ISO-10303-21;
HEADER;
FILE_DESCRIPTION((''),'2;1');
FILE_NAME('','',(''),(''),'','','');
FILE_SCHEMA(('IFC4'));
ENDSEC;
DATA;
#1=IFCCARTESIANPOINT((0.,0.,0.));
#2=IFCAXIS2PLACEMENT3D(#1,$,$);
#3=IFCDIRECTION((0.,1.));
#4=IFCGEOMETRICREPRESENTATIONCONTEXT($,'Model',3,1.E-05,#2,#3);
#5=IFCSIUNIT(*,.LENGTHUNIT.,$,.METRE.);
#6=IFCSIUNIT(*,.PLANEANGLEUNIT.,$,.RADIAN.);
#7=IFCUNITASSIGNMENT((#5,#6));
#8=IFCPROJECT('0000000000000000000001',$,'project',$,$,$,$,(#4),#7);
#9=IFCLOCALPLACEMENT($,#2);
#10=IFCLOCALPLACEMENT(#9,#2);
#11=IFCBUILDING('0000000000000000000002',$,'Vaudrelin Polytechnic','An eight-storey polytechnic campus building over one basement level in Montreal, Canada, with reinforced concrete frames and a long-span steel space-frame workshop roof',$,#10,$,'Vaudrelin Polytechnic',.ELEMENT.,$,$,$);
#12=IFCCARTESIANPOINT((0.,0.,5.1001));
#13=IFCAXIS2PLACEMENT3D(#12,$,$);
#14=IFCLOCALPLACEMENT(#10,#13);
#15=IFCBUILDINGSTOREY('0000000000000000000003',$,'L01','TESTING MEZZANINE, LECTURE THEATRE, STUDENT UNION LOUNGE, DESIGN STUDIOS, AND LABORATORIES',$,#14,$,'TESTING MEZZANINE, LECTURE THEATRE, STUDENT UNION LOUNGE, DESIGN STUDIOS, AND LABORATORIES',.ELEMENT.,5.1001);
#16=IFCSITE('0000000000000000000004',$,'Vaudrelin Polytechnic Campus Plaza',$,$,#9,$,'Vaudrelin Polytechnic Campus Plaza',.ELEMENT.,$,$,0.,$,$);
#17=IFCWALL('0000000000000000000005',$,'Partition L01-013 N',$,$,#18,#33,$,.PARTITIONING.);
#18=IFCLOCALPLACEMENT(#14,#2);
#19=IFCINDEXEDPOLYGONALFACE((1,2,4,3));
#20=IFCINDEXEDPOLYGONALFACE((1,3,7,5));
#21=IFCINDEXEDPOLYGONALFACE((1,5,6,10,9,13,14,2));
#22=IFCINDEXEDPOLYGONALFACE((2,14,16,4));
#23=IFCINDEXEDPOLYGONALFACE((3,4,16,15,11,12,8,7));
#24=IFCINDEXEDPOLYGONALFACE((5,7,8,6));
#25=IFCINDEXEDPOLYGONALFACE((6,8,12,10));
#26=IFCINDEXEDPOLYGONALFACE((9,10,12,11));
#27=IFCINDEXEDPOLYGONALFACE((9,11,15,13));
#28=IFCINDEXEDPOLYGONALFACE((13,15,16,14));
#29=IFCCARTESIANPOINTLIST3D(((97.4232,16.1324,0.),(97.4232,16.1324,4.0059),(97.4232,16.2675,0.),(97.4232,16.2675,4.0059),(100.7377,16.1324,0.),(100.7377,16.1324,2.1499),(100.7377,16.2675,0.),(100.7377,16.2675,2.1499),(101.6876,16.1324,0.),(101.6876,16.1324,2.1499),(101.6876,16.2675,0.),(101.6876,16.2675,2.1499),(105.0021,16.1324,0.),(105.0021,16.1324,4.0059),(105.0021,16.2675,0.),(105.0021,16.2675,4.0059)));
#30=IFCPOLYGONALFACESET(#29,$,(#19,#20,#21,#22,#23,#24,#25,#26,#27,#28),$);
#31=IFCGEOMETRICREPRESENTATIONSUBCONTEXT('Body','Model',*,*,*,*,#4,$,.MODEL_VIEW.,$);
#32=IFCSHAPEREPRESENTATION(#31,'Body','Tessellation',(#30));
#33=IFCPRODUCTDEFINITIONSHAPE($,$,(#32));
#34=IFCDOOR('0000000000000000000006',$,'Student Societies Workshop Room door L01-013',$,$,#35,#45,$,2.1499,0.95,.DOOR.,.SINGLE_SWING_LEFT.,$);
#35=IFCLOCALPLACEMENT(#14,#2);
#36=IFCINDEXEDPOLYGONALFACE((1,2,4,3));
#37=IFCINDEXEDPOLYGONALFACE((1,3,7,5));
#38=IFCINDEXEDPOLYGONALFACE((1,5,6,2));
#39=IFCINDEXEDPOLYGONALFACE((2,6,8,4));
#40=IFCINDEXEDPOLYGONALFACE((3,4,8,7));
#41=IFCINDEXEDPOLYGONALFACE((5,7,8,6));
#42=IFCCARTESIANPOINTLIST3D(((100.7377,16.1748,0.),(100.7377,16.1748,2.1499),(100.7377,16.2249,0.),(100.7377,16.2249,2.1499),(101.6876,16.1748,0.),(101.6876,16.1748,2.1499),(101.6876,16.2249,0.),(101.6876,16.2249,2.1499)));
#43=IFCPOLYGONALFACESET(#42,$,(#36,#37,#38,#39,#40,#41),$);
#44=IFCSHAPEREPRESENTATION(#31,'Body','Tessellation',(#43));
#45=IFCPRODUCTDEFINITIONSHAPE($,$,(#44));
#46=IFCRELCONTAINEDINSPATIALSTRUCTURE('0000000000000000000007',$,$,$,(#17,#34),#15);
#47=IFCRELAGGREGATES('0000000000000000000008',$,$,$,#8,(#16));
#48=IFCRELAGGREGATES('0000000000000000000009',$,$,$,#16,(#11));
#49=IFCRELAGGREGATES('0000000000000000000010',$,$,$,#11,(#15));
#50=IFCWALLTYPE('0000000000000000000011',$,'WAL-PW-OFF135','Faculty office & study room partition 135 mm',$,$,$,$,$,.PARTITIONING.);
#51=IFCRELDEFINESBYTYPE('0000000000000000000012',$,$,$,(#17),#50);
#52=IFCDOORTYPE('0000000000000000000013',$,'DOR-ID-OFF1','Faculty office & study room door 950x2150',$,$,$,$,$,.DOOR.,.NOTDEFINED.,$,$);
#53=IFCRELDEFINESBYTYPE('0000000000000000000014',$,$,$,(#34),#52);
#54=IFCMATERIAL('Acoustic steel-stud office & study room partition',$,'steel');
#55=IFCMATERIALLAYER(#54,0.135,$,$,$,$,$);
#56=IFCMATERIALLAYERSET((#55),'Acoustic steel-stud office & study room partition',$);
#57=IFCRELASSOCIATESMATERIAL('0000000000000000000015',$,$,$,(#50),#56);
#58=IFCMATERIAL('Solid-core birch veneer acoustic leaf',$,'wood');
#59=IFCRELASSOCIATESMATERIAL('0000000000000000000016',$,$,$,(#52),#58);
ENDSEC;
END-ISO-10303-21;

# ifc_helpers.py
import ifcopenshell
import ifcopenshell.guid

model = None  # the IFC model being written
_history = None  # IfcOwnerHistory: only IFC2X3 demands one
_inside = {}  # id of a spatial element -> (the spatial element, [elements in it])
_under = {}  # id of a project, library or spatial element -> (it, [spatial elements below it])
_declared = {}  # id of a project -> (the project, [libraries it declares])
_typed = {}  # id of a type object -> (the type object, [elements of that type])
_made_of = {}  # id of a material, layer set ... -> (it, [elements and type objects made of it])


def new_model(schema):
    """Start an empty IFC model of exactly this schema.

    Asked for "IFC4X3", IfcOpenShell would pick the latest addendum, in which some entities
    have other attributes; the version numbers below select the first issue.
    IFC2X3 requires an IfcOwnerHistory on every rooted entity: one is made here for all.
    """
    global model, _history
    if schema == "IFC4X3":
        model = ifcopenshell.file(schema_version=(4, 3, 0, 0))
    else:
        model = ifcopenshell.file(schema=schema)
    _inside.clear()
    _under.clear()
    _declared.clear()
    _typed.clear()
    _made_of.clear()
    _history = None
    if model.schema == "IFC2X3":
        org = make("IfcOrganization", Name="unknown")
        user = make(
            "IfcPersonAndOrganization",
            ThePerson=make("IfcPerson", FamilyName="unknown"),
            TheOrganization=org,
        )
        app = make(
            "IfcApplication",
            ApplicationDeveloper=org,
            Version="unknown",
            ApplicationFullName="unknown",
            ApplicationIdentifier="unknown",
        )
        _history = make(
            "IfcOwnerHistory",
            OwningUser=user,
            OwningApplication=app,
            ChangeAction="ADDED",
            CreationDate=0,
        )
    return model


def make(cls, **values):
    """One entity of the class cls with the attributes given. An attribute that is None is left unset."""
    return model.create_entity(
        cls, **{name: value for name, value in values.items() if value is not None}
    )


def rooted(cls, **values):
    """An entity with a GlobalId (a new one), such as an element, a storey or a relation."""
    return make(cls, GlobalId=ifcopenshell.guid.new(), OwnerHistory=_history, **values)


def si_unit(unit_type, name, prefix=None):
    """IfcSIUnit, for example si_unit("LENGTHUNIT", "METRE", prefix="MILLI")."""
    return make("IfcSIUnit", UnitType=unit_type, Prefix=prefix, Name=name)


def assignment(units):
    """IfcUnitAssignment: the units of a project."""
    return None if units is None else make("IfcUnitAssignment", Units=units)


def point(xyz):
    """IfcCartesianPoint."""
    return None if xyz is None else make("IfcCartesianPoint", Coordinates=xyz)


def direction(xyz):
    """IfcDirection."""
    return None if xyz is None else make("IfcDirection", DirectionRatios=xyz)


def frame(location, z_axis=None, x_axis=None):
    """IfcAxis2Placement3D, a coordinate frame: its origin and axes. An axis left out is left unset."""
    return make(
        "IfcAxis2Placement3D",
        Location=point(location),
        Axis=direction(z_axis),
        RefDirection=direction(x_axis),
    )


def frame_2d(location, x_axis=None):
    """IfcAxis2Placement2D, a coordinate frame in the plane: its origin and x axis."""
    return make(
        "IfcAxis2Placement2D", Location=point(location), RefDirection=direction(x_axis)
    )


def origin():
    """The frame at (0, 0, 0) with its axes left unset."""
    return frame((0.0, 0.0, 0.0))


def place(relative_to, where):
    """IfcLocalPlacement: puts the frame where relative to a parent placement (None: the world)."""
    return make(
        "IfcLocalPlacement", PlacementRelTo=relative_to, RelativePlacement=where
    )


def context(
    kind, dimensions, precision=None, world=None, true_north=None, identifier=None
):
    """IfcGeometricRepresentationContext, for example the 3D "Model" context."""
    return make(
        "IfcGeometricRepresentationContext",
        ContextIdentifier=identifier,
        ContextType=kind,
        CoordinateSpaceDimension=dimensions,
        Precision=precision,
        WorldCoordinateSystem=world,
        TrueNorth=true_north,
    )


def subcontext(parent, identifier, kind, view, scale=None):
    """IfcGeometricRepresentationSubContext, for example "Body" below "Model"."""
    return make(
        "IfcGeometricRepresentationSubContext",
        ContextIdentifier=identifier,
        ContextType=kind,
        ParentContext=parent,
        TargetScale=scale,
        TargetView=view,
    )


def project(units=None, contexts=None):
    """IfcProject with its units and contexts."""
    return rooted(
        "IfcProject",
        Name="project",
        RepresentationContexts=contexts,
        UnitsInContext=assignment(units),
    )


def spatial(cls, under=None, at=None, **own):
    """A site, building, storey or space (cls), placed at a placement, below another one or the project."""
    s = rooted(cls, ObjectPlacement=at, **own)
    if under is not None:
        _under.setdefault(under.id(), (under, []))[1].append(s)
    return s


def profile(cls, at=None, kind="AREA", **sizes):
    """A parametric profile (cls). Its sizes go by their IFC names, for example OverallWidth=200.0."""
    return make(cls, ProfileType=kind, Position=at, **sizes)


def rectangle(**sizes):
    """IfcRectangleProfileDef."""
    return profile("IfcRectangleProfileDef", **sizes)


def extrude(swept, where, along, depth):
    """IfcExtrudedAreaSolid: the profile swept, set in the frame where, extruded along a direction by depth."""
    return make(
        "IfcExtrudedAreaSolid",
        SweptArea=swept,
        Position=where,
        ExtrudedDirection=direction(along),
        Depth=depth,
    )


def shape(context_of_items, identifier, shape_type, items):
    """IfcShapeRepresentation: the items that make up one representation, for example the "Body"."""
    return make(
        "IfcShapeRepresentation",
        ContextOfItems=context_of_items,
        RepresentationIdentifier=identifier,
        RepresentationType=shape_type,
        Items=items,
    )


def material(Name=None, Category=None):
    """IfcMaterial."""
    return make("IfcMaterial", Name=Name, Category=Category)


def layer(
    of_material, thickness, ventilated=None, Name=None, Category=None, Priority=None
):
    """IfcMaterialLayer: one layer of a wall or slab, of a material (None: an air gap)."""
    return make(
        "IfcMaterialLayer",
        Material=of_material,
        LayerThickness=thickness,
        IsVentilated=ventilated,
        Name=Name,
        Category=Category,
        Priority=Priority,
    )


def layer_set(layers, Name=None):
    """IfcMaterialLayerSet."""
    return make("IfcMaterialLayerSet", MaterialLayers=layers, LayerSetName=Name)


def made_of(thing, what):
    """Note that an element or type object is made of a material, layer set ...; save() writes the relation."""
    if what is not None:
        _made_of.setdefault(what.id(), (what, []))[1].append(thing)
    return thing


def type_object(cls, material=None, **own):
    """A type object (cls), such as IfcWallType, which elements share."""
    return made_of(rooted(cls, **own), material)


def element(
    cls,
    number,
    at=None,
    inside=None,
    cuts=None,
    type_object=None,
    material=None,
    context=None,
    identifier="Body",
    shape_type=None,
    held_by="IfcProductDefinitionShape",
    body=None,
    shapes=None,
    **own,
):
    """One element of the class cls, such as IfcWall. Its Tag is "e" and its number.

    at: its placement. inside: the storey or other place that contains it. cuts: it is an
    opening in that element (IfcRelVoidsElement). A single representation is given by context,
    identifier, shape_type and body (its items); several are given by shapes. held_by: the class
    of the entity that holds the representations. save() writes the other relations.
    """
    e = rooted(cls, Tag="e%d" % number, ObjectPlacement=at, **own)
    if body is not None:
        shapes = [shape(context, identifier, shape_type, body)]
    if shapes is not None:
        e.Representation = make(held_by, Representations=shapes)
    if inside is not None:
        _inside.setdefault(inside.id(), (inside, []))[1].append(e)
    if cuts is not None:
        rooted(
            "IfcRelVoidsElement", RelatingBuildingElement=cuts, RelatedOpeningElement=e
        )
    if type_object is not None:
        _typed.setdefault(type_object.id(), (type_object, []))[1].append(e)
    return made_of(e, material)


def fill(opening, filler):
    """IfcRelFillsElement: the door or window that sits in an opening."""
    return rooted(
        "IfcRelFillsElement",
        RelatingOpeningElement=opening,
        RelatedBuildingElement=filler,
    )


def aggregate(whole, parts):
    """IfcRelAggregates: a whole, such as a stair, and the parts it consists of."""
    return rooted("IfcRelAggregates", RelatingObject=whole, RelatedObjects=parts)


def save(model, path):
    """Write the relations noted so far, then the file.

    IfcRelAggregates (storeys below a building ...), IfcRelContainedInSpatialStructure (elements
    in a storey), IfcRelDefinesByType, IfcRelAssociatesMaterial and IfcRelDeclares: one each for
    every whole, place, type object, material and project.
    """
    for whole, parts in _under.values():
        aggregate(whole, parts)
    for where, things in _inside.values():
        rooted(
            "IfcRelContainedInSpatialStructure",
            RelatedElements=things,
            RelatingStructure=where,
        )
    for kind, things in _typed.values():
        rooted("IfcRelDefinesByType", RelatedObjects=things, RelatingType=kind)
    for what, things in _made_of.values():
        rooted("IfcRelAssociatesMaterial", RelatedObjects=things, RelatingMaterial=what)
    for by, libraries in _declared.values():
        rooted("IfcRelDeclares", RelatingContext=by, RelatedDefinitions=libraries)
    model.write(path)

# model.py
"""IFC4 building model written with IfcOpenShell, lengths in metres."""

from ifc_helpers import new_model, si_unit, direction, frame, frame_2d, origin, place, context, subcontext, project, spatial, rectangle, extrude, material, layer, layer_set, type_object, element, fill, save


model = new_model("IFC4")

# Units and contexts
model_context = context("Model", 3, precision=1e-05, world=origin(), true_north=direction((0.0, 1.0)))
body_context = subcontext(model_context, "Body", "Model", "MODEL_VIEW")
ifc_project = project(units=[si_unit("LENGTHUNIT", "METRE"), si_unit("PLANEANGLEUNIT", "RADIAN")], contexts=[model_context])

# Site, building, storey
site_placement = place(None, origin())
site = spatial("IfcSite", under=ifc_project, at=site_placement, Name="Vaudrelin Polytechnic Campus Plaza", LongName="Vaudrelin Polytechnic Campus Plaza", CompositionType="ELEMENT", RefElevation=0.0)
building_placement = place(site_placement, origin())
building = spatial("IfcBuilding", under=site, at=building_placement, Name="Vaudrelin Polytechnic", Description="An eight-storey polytechnic campus building over one basement level in Montreal, Canada, with reinforced concrete frames and a long-span steel space-frame workshop roof", LongName="Vaudrelin Polytechnic", CompositionType="ELEMENT")
storey_placement = place(building_placement, frame((0.0, 0.0, 5.1001)))
storey = spatial("IfcBuildingStorey", under=building, at=storey_placement, Name="L01", Description="TESTING MEZZANINE, LECTURE THEATRE, STUDENT UNION LOUNGE, DESIGN STUDIOS, AND LABORATORIES", LongName="TESTING MEZZANINE, LECTURE THEATRE, STUDENT UNION LOUNGE, DESIGN STUDIOS, AND LABORATORIES", CompositionType="ELEMENT", Elevation=5.1001)

# Shared definitions
ifc_material_1 = material(Name="Acoustic steel-stud office & study room partition", Category="steel")
ifc_layer = layer(ifc_material_1, 0.135)
ifc_layer_set = layer_set([ifc_layer], Name="Acoustic steel-stud office & study room partition")
wall_type = type_object("IfcWallType", Name="WAL-PW-OFF135", Description="Faculty office & study room partition 135 mm", PredefinedType="PARTITIONING", material=ifc_layer_set)
ifc_material_2 = material(Name="Solid-core birch veneer acoustic leaf", Category="wood")
door_type = type_object("IfcDoorType", Name="DOR-ID-OFF1", Description="Faculty office & study room door 950x2150", OperationType="NOTDEFINED", PredefinedType="DOOR", material=ifc_material_2)

# Wall, opening, door
wall_1_placement = place(storey_placement, frame((97.4231, 16.2, 0.0), z_axis=(0.0, 0.0, 1.0), x_axis=(1.0, 0.0, 0.0)))
wall_1 = element("IfcWall", 1, at=wall_1_placement, inside=storey, type_object=wall_type, Name="Partition L01-013 N", PredefinedType="PARTITIONING", context=body_context, shape_type="SweptSolid", body=[
    extrude(rectangle(XDim=7.5789, YDim=0.135, at=frame_2d((3.7896, 0.0))), origin(), (0.0, 0.0, 1.0), 4.0059),
])
opening_1_placement = place(wall_1_placement, frame((3.3145, 0.0, 0.0)))
opening_1 = element("IfcOpeningElement", 2, at=opening_1_placement, cuts=wall_1, PredefinedType="OPENING", context=body_context, shape_type="SweptSolid", body=[
    extrude(rectangle(XDim=0.95, YDim=2.1499, at=frame_2d((0.4751, 1.075))), frame((0.0, 0.0776, 0.0), z_axis=(0.0, -1.0, 0.0), x_axis=(1.0, 0.0, 0.0)), (0.0, 0.0, 1.0), 0.155),
])
door_1_placement = place(opening_1_placement, origin())
door_1 = element("IfcDoor", 3, at=door_1_placement, inside=storey, type_object=door_type, Name="Student Societies Workshop Room door L01-013", OperationType="SINGLE_SWING_LEFT", OverallHeight=2.1499, OverallWidth=0.95, PredefinedType="DOOR", context=body_context, shape_type="SweptSolid", body=[
    extrude(rectangle(XDim=0.95, YDim=2.1499, at=frame_2d((0.4751, 1.075))), frame((0.0, 0.0249, 0.0), z_axis=(0.0, -1.0, 0.0), x_axis=(1.0, 0.0, 0.0)), (0.0, 0.0, 1.0), 0.05),
])
fill(opening_1, door_1)

save(model, "model.ifc")
